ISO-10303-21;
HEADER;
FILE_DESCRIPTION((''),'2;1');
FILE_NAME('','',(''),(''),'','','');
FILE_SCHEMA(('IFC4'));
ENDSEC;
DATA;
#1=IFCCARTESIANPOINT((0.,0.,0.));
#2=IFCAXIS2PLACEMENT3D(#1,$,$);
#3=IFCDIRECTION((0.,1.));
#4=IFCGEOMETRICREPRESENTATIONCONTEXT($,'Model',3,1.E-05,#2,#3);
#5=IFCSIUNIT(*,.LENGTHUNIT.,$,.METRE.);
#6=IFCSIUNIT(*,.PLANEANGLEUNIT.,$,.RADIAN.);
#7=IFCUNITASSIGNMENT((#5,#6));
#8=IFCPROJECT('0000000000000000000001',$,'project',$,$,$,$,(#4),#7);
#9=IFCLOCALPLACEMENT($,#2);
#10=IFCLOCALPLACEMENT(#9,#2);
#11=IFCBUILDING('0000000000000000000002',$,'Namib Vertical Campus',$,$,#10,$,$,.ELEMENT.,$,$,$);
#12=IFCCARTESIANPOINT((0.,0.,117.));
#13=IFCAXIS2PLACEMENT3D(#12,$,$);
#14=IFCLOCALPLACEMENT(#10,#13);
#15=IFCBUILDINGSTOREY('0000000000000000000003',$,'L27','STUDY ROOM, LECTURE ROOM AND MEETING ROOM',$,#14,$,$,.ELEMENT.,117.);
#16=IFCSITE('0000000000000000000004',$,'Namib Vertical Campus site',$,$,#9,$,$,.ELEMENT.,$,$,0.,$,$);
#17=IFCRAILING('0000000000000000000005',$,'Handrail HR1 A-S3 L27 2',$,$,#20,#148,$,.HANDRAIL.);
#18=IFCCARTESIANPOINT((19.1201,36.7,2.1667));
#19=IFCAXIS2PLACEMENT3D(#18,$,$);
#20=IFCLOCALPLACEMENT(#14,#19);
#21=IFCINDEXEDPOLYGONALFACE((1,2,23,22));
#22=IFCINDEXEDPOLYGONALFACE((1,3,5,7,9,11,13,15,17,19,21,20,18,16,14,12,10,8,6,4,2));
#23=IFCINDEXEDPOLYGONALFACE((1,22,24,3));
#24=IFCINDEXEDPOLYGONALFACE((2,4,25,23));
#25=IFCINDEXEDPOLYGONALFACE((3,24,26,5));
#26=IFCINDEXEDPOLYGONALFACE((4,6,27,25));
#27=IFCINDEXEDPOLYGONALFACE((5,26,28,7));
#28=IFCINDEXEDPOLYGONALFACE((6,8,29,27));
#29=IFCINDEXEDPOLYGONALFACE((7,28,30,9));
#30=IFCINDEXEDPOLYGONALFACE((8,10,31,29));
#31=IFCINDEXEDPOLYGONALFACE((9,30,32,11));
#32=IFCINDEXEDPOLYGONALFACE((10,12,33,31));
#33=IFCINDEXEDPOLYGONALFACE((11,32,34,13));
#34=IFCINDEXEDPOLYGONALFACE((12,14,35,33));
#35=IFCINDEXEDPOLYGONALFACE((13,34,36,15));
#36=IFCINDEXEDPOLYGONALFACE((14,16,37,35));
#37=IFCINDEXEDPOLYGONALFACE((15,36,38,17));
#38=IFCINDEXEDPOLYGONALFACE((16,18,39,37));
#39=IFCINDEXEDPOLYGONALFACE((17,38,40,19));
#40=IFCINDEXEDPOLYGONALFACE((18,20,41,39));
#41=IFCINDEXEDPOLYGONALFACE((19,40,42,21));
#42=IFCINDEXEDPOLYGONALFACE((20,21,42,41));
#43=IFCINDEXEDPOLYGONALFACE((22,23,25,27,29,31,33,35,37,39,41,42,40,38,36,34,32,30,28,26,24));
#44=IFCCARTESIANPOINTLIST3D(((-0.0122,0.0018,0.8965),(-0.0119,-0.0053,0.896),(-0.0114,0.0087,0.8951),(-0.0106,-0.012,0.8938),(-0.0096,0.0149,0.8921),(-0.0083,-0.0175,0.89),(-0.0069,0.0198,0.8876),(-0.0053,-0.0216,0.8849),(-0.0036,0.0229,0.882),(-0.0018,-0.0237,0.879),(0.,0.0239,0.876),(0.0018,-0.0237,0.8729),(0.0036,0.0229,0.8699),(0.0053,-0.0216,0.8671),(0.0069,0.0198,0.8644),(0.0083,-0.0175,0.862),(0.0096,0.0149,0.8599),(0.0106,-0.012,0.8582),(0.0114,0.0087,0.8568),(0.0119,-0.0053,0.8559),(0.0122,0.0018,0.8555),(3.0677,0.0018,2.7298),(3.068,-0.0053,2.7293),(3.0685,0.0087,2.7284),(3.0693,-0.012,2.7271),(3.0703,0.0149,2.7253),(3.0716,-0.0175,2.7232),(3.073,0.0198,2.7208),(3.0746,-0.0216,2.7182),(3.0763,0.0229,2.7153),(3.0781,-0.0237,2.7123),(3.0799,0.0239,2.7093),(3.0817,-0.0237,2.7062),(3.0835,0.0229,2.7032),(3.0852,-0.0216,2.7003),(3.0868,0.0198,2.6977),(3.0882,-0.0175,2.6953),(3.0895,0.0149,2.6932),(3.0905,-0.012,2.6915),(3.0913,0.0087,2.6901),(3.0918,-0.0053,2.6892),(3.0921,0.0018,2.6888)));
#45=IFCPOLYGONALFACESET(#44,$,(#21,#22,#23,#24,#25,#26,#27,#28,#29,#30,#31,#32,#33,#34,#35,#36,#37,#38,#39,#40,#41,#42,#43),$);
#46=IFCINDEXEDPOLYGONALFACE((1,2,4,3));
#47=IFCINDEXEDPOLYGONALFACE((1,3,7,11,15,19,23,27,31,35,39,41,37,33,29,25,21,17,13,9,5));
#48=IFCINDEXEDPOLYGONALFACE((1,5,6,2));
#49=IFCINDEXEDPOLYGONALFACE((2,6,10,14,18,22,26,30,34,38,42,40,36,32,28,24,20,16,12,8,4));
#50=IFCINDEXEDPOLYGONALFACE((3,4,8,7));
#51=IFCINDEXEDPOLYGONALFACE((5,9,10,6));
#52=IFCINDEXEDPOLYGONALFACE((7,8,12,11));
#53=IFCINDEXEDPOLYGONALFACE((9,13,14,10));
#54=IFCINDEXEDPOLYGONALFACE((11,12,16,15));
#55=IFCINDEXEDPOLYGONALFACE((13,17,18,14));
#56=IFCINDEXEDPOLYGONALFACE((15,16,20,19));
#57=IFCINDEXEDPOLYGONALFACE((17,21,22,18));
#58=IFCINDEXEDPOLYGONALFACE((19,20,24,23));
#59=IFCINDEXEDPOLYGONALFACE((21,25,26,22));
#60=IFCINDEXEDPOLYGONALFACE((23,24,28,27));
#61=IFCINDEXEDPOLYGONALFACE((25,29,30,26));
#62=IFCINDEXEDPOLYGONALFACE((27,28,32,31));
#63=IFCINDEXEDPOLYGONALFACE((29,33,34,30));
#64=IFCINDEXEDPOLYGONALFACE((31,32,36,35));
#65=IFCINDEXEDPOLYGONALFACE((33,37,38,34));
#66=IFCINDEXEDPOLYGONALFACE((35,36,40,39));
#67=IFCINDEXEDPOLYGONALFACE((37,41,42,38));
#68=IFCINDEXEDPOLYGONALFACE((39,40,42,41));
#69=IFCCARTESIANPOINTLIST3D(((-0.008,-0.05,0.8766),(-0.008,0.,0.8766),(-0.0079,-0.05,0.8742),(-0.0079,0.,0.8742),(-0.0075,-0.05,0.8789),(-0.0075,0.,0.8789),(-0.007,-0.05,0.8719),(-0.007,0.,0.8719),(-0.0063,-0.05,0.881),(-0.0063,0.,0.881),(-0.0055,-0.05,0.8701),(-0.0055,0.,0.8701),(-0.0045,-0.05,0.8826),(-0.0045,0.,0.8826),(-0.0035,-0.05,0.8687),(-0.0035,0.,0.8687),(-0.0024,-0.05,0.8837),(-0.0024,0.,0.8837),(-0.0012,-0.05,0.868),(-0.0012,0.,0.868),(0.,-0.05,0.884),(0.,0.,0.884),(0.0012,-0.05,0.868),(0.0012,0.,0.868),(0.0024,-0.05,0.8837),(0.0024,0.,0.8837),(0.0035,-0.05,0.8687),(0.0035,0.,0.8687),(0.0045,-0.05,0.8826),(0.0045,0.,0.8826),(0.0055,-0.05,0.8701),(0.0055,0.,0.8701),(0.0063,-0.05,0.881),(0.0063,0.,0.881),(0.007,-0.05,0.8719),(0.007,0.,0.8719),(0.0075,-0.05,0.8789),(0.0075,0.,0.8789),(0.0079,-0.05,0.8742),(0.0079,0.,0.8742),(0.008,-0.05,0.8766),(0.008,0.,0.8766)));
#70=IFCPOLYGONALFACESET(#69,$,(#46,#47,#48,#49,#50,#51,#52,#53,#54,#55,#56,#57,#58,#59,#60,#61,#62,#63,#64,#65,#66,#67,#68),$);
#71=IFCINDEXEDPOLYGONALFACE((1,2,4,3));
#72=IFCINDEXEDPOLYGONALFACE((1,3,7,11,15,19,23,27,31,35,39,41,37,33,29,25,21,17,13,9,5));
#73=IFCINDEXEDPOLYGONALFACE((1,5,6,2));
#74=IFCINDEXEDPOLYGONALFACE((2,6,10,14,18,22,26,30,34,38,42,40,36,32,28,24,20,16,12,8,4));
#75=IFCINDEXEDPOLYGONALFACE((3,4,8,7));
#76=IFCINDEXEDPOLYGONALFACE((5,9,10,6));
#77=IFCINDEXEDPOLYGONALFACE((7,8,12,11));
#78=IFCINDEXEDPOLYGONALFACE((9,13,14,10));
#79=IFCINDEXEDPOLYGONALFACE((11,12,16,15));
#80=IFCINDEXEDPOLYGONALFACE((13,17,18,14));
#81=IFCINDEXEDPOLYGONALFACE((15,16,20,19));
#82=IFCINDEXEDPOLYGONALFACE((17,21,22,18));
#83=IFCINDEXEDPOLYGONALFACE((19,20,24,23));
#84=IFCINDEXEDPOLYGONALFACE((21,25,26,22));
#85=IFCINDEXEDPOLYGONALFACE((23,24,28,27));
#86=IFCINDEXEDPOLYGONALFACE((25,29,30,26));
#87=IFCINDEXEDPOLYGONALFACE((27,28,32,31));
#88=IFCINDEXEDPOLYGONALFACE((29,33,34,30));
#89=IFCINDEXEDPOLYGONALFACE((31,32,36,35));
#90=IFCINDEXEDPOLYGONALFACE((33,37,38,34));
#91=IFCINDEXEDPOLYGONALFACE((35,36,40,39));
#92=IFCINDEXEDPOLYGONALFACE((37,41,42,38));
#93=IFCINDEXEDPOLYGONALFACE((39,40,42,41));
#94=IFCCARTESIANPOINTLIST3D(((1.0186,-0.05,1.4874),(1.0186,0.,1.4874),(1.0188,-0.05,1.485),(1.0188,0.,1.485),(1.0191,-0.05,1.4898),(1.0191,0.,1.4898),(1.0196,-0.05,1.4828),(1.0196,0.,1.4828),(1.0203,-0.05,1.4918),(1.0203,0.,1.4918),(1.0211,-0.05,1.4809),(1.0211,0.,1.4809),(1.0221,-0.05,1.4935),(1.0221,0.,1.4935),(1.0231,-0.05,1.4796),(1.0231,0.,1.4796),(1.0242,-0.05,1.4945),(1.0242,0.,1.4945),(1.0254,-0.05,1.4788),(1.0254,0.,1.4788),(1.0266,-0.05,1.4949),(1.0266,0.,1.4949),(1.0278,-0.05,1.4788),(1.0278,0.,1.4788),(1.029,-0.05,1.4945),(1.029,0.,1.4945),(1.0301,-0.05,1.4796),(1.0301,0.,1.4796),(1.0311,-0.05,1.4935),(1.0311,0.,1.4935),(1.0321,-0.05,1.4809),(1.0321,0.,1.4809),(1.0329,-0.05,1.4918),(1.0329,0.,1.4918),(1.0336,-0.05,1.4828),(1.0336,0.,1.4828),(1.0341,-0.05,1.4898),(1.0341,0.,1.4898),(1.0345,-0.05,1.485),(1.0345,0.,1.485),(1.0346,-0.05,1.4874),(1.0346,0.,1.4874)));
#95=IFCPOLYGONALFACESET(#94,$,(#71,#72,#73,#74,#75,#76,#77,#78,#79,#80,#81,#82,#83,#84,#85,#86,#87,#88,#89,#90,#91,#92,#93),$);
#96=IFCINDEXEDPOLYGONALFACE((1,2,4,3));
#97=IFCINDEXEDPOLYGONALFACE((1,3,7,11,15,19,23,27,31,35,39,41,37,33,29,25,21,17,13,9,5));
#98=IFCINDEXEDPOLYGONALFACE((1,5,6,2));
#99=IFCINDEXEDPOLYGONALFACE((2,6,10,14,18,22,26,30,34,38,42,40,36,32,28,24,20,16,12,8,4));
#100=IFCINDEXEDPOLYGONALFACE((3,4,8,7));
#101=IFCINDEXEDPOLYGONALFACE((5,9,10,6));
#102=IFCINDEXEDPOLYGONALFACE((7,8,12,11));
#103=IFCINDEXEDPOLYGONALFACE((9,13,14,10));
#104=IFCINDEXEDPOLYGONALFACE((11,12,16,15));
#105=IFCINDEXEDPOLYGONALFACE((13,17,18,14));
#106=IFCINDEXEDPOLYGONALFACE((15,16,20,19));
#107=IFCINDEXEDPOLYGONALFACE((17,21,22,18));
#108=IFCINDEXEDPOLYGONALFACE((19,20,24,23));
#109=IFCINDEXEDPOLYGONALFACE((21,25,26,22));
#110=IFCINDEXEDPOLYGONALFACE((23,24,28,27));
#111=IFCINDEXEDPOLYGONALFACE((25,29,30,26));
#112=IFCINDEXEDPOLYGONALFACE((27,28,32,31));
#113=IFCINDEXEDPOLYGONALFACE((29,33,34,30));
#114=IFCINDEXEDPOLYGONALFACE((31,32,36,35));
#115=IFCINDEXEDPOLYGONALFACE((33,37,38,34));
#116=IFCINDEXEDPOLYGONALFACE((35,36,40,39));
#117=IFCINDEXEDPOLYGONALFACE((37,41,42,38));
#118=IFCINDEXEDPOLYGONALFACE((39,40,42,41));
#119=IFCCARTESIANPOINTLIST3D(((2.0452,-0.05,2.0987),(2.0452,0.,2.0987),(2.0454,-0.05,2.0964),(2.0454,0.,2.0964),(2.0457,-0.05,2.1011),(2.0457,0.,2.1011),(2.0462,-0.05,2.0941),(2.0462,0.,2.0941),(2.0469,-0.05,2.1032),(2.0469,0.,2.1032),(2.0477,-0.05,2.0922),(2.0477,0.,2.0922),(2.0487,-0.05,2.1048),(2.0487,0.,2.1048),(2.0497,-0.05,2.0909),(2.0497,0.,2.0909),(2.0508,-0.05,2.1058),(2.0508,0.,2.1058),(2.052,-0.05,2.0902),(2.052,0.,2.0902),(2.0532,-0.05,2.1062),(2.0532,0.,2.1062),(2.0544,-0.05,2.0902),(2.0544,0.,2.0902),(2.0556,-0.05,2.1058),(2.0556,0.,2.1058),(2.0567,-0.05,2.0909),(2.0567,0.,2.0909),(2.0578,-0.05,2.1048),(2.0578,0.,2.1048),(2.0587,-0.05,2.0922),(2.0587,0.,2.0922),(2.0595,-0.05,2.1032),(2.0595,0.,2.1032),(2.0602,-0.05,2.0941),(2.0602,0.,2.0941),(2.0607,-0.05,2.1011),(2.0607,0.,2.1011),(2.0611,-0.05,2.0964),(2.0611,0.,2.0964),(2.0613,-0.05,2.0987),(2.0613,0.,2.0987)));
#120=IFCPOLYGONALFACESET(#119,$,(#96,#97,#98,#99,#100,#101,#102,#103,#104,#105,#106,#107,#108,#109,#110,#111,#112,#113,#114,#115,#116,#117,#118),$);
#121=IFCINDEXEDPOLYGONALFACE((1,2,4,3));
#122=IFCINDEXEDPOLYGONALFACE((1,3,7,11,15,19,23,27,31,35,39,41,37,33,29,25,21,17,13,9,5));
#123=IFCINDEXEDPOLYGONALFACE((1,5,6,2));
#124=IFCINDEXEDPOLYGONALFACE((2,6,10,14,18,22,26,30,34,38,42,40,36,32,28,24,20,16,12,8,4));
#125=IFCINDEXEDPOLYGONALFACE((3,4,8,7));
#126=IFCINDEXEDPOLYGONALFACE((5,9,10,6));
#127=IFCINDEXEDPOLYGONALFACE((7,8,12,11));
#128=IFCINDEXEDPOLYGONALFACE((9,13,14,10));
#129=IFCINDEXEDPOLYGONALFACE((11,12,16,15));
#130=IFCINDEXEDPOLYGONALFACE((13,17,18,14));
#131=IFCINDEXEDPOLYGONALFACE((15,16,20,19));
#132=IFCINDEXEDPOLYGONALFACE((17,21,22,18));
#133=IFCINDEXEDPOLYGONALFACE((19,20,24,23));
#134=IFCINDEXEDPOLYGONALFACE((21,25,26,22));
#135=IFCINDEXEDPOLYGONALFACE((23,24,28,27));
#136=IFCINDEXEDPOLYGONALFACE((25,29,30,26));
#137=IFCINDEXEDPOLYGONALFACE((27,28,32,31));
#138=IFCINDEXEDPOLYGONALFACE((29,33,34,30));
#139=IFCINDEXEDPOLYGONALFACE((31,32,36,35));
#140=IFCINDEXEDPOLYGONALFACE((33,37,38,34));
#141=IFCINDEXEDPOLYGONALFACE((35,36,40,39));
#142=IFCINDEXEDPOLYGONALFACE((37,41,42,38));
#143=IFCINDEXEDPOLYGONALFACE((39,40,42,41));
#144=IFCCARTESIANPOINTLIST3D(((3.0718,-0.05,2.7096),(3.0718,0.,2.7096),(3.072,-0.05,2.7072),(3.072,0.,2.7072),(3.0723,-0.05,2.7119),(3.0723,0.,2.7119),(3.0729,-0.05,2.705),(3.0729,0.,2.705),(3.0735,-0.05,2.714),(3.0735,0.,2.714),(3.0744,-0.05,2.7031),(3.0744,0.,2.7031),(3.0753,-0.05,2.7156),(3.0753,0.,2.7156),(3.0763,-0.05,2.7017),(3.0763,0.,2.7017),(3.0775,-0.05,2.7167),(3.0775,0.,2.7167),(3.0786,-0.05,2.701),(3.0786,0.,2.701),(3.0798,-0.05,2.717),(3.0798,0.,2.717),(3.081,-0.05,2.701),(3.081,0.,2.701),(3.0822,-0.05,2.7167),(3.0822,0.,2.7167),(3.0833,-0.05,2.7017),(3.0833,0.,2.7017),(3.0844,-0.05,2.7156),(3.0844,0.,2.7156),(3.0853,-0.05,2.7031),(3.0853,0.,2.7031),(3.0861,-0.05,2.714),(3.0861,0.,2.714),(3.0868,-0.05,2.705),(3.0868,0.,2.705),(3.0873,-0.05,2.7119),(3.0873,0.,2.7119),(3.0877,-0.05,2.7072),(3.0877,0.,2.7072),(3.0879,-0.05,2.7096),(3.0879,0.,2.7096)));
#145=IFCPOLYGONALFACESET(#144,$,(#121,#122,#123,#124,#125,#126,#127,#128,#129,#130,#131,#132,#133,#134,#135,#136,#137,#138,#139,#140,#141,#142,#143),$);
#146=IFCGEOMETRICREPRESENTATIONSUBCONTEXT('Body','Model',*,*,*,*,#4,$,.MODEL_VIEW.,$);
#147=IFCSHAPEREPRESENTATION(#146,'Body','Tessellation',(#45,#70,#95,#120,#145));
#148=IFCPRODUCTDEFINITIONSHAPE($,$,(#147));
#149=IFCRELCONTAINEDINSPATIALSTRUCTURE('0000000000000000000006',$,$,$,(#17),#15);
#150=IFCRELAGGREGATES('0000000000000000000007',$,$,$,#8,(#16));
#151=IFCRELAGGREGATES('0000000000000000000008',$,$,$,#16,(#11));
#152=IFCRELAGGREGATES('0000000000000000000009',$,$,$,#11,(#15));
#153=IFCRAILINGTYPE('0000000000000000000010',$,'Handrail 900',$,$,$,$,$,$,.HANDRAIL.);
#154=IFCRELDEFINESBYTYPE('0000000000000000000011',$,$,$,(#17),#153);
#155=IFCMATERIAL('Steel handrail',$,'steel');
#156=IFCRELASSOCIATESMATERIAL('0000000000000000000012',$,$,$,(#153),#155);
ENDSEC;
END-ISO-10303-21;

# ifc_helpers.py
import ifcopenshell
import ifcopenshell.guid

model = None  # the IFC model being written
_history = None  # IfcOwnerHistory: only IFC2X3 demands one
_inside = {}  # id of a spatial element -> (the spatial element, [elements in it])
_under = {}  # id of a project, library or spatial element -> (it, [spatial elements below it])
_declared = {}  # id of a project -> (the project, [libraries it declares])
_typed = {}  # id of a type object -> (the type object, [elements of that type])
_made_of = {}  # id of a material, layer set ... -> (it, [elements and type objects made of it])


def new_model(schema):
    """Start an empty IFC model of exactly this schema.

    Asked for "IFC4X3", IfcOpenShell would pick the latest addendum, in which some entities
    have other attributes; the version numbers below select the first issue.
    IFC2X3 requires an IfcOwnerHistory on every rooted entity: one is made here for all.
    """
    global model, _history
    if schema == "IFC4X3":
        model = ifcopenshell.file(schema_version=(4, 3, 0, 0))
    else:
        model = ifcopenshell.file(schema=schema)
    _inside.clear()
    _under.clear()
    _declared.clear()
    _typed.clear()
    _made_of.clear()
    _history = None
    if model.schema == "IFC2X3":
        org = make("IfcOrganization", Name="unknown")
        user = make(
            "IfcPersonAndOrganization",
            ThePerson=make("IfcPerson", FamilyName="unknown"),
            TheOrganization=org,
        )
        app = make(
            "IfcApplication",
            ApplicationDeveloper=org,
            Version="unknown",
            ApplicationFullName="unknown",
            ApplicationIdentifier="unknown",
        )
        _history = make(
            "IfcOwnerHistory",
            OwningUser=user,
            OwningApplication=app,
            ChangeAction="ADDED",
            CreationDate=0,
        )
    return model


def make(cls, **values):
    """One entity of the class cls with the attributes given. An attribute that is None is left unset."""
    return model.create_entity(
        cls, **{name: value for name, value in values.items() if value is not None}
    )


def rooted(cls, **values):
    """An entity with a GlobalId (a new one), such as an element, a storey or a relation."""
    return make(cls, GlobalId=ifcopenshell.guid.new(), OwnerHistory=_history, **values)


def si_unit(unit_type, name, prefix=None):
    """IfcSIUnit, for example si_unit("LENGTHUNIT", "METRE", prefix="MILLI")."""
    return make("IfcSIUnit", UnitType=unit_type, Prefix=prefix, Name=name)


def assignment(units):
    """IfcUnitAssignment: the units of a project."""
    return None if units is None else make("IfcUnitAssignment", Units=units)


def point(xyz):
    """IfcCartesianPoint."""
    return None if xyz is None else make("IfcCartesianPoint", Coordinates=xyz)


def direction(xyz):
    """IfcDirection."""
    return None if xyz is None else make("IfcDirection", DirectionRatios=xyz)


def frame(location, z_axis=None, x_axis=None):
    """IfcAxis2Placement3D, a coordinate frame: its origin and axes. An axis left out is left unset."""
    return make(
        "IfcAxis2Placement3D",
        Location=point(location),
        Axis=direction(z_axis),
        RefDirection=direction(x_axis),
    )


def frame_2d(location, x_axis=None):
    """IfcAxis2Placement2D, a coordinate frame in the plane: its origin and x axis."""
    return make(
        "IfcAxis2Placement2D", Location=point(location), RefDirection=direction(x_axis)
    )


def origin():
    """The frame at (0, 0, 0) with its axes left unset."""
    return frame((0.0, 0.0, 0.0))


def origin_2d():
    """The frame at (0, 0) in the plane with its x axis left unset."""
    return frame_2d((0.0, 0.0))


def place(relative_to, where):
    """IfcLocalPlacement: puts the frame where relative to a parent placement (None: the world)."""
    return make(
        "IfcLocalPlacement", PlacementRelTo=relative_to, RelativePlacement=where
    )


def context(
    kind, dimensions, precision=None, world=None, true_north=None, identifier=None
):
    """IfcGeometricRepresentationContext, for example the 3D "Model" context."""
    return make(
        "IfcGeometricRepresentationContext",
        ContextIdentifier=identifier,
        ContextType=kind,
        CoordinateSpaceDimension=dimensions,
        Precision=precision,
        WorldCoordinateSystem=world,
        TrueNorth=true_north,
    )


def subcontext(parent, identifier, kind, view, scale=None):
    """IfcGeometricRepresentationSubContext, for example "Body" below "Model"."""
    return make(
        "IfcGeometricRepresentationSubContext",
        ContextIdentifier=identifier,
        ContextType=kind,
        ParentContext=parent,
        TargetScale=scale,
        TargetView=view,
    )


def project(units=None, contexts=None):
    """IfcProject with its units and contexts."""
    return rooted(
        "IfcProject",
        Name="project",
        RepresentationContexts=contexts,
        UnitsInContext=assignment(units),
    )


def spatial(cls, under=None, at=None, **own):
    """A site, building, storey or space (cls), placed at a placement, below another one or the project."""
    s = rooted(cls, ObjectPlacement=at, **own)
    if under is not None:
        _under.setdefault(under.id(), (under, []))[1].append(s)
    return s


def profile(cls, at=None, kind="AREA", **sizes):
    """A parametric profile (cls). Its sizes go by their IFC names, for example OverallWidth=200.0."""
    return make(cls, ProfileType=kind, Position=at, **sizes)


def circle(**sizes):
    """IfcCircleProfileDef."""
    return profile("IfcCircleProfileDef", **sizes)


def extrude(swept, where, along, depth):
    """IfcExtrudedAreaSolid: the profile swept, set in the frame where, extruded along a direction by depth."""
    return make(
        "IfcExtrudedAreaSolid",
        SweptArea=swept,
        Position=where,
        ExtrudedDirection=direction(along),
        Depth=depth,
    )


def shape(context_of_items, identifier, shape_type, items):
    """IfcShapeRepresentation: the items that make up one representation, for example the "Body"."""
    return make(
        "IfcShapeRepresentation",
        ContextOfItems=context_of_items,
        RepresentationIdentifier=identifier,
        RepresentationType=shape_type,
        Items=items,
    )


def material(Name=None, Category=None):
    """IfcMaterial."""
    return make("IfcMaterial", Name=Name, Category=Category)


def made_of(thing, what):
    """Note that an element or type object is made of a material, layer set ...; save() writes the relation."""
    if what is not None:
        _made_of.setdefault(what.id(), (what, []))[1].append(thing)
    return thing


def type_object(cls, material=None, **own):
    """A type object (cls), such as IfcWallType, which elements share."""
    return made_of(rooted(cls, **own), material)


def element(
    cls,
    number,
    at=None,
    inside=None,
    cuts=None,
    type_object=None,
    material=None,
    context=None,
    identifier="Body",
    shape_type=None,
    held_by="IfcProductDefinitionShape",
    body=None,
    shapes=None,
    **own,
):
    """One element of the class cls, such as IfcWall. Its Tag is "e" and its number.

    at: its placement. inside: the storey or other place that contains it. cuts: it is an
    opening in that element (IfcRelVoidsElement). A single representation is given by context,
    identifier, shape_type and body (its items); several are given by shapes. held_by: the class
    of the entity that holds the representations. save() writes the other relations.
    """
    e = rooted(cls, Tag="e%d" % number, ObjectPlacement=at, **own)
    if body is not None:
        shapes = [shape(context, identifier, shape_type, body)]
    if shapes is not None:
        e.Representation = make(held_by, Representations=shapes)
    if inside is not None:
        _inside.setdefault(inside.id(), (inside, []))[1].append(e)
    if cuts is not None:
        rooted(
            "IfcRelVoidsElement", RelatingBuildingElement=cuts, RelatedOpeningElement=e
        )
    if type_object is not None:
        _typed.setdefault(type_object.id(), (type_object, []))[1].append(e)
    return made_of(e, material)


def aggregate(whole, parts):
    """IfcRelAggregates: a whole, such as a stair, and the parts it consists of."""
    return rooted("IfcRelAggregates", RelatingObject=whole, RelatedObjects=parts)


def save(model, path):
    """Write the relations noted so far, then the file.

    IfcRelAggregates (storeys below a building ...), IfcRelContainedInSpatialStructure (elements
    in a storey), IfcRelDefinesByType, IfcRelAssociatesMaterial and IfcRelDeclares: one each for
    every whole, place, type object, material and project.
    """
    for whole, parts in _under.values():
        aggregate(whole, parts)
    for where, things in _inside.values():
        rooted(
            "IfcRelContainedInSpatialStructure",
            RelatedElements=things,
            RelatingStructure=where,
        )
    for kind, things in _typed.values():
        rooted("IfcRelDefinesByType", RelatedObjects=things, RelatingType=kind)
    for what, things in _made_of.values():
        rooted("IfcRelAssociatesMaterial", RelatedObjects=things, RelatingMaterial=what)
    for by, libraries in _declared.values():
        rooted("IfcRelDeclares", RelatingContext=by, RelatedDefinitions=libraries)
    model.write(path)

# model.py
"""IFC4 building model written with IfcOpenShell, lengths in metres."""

from ifc_helpers import new_model, si_unit, direction, frame, origin, origin_2d, place, context, subcontext, project, spatial, circle, extrude, material, type_object, element, save


model = new_model("IFC4")

# Units and contexts
model_context = context("Model", 3, precision=1e-05, world=origin(), true_north=direction((0.0, 1.0)))
body_context = subcontext(model_context, "Body", "Model", "MODEL_VIEW")
ifc_project = project(units=[si_unit("LENGTHUNIT", "METRE"), si_unit("PLANEANGLEUNIT", "RADIAN")], contexts=[model_context])

# Site, building, storey
site_placement = place(None, origin())
site = spatial("IfcSite", under=ifc_project, at=site_placement, Name="Namib Vertical Campus site", CompositionType="ELEMENT", RefElevation=0.0)
building_placement = place(site_placement, origin())
building = spatial("IfcBuilding", under=site, at=building_placement, Name="Namib Vertical Campus", CompositionType="ELEMENT")
storey_placement = place(building_placement, frame((0.0, 0.0, 117.0)))
storey = spatial("IfcBuildingStorey", under=building, at=storey_placement, Name="L27", Description="STUDY ROOM, LECTURE ROOM AND MEETING ROOM", CompositionType="ELEMENT", Elevation=117.0)

# Railing
ifc_material_1 = material(Name="Steel handrail", Category="steel")
railing_type_1 = type_object("IfcRailingType", Name="Handrail 900", PredefinedType="HANDRAIL", material=ifc_material_1)
railing_1_placement = place(storey_placement, frame((19.1201, 36.7, 2.1667)))
element("IfcRailing", 1, at=railing_1_placement, inside=storey, type_object=railing_type_1, Name="Handrail HR1 A-S3 L27 2", PredefinedType="HANDRAIL", context=body_context, shape_type="SweptSolid", body=[
    extrude(circle(Radius=0.0239, at=origin_2d()), frame((0.0, 0.0, 0.876), z_axis=(0.859291, 0.0, 0.511487), x_axis=(0.0, 1.0, 0.0)), (0.0, 0.0, 1.0), 3.5842),
    extrude(circle(Radius=0.0081, at=origin_2d()), frame((0.0, 0.0, 0.876), z_axis=(0.0, -1.0, 0.0), x_axis=(0.0, 0.0, 1.0)), (0.0, 0.0, 1.0), 0.05),
    extrude(circle(Radius=0.0081, at=origin_2d()), frame((1.0266, 0.0, 1.4868), z_axis=(0.0, -1.0, 0.0), x_axis=(0.0, 0.0, 1.0)), (0.0, 0.0, 1.0), 0.05),
    extrude(circle(Radius=0.0081, at=origin_2d()), frame((2.0532, 0.0, 2.0981), z_axis=(0.0, -1.0, 0.0), x_axis=(0.0, 0.0, 1.0)), (0.0, 0.0, 1.0), 0.05),
    extrude(circle(Radius=0.0081, at=origin_2d()), frame((3.0798, 0.0, 2.709), z_axis=(0.0, -1.0, 0.0), x_axis=(0.0, 0.0, 1.0)), (0.0, 0.0, 1.0), 0.05),
])

save(model, "model.ifc")
